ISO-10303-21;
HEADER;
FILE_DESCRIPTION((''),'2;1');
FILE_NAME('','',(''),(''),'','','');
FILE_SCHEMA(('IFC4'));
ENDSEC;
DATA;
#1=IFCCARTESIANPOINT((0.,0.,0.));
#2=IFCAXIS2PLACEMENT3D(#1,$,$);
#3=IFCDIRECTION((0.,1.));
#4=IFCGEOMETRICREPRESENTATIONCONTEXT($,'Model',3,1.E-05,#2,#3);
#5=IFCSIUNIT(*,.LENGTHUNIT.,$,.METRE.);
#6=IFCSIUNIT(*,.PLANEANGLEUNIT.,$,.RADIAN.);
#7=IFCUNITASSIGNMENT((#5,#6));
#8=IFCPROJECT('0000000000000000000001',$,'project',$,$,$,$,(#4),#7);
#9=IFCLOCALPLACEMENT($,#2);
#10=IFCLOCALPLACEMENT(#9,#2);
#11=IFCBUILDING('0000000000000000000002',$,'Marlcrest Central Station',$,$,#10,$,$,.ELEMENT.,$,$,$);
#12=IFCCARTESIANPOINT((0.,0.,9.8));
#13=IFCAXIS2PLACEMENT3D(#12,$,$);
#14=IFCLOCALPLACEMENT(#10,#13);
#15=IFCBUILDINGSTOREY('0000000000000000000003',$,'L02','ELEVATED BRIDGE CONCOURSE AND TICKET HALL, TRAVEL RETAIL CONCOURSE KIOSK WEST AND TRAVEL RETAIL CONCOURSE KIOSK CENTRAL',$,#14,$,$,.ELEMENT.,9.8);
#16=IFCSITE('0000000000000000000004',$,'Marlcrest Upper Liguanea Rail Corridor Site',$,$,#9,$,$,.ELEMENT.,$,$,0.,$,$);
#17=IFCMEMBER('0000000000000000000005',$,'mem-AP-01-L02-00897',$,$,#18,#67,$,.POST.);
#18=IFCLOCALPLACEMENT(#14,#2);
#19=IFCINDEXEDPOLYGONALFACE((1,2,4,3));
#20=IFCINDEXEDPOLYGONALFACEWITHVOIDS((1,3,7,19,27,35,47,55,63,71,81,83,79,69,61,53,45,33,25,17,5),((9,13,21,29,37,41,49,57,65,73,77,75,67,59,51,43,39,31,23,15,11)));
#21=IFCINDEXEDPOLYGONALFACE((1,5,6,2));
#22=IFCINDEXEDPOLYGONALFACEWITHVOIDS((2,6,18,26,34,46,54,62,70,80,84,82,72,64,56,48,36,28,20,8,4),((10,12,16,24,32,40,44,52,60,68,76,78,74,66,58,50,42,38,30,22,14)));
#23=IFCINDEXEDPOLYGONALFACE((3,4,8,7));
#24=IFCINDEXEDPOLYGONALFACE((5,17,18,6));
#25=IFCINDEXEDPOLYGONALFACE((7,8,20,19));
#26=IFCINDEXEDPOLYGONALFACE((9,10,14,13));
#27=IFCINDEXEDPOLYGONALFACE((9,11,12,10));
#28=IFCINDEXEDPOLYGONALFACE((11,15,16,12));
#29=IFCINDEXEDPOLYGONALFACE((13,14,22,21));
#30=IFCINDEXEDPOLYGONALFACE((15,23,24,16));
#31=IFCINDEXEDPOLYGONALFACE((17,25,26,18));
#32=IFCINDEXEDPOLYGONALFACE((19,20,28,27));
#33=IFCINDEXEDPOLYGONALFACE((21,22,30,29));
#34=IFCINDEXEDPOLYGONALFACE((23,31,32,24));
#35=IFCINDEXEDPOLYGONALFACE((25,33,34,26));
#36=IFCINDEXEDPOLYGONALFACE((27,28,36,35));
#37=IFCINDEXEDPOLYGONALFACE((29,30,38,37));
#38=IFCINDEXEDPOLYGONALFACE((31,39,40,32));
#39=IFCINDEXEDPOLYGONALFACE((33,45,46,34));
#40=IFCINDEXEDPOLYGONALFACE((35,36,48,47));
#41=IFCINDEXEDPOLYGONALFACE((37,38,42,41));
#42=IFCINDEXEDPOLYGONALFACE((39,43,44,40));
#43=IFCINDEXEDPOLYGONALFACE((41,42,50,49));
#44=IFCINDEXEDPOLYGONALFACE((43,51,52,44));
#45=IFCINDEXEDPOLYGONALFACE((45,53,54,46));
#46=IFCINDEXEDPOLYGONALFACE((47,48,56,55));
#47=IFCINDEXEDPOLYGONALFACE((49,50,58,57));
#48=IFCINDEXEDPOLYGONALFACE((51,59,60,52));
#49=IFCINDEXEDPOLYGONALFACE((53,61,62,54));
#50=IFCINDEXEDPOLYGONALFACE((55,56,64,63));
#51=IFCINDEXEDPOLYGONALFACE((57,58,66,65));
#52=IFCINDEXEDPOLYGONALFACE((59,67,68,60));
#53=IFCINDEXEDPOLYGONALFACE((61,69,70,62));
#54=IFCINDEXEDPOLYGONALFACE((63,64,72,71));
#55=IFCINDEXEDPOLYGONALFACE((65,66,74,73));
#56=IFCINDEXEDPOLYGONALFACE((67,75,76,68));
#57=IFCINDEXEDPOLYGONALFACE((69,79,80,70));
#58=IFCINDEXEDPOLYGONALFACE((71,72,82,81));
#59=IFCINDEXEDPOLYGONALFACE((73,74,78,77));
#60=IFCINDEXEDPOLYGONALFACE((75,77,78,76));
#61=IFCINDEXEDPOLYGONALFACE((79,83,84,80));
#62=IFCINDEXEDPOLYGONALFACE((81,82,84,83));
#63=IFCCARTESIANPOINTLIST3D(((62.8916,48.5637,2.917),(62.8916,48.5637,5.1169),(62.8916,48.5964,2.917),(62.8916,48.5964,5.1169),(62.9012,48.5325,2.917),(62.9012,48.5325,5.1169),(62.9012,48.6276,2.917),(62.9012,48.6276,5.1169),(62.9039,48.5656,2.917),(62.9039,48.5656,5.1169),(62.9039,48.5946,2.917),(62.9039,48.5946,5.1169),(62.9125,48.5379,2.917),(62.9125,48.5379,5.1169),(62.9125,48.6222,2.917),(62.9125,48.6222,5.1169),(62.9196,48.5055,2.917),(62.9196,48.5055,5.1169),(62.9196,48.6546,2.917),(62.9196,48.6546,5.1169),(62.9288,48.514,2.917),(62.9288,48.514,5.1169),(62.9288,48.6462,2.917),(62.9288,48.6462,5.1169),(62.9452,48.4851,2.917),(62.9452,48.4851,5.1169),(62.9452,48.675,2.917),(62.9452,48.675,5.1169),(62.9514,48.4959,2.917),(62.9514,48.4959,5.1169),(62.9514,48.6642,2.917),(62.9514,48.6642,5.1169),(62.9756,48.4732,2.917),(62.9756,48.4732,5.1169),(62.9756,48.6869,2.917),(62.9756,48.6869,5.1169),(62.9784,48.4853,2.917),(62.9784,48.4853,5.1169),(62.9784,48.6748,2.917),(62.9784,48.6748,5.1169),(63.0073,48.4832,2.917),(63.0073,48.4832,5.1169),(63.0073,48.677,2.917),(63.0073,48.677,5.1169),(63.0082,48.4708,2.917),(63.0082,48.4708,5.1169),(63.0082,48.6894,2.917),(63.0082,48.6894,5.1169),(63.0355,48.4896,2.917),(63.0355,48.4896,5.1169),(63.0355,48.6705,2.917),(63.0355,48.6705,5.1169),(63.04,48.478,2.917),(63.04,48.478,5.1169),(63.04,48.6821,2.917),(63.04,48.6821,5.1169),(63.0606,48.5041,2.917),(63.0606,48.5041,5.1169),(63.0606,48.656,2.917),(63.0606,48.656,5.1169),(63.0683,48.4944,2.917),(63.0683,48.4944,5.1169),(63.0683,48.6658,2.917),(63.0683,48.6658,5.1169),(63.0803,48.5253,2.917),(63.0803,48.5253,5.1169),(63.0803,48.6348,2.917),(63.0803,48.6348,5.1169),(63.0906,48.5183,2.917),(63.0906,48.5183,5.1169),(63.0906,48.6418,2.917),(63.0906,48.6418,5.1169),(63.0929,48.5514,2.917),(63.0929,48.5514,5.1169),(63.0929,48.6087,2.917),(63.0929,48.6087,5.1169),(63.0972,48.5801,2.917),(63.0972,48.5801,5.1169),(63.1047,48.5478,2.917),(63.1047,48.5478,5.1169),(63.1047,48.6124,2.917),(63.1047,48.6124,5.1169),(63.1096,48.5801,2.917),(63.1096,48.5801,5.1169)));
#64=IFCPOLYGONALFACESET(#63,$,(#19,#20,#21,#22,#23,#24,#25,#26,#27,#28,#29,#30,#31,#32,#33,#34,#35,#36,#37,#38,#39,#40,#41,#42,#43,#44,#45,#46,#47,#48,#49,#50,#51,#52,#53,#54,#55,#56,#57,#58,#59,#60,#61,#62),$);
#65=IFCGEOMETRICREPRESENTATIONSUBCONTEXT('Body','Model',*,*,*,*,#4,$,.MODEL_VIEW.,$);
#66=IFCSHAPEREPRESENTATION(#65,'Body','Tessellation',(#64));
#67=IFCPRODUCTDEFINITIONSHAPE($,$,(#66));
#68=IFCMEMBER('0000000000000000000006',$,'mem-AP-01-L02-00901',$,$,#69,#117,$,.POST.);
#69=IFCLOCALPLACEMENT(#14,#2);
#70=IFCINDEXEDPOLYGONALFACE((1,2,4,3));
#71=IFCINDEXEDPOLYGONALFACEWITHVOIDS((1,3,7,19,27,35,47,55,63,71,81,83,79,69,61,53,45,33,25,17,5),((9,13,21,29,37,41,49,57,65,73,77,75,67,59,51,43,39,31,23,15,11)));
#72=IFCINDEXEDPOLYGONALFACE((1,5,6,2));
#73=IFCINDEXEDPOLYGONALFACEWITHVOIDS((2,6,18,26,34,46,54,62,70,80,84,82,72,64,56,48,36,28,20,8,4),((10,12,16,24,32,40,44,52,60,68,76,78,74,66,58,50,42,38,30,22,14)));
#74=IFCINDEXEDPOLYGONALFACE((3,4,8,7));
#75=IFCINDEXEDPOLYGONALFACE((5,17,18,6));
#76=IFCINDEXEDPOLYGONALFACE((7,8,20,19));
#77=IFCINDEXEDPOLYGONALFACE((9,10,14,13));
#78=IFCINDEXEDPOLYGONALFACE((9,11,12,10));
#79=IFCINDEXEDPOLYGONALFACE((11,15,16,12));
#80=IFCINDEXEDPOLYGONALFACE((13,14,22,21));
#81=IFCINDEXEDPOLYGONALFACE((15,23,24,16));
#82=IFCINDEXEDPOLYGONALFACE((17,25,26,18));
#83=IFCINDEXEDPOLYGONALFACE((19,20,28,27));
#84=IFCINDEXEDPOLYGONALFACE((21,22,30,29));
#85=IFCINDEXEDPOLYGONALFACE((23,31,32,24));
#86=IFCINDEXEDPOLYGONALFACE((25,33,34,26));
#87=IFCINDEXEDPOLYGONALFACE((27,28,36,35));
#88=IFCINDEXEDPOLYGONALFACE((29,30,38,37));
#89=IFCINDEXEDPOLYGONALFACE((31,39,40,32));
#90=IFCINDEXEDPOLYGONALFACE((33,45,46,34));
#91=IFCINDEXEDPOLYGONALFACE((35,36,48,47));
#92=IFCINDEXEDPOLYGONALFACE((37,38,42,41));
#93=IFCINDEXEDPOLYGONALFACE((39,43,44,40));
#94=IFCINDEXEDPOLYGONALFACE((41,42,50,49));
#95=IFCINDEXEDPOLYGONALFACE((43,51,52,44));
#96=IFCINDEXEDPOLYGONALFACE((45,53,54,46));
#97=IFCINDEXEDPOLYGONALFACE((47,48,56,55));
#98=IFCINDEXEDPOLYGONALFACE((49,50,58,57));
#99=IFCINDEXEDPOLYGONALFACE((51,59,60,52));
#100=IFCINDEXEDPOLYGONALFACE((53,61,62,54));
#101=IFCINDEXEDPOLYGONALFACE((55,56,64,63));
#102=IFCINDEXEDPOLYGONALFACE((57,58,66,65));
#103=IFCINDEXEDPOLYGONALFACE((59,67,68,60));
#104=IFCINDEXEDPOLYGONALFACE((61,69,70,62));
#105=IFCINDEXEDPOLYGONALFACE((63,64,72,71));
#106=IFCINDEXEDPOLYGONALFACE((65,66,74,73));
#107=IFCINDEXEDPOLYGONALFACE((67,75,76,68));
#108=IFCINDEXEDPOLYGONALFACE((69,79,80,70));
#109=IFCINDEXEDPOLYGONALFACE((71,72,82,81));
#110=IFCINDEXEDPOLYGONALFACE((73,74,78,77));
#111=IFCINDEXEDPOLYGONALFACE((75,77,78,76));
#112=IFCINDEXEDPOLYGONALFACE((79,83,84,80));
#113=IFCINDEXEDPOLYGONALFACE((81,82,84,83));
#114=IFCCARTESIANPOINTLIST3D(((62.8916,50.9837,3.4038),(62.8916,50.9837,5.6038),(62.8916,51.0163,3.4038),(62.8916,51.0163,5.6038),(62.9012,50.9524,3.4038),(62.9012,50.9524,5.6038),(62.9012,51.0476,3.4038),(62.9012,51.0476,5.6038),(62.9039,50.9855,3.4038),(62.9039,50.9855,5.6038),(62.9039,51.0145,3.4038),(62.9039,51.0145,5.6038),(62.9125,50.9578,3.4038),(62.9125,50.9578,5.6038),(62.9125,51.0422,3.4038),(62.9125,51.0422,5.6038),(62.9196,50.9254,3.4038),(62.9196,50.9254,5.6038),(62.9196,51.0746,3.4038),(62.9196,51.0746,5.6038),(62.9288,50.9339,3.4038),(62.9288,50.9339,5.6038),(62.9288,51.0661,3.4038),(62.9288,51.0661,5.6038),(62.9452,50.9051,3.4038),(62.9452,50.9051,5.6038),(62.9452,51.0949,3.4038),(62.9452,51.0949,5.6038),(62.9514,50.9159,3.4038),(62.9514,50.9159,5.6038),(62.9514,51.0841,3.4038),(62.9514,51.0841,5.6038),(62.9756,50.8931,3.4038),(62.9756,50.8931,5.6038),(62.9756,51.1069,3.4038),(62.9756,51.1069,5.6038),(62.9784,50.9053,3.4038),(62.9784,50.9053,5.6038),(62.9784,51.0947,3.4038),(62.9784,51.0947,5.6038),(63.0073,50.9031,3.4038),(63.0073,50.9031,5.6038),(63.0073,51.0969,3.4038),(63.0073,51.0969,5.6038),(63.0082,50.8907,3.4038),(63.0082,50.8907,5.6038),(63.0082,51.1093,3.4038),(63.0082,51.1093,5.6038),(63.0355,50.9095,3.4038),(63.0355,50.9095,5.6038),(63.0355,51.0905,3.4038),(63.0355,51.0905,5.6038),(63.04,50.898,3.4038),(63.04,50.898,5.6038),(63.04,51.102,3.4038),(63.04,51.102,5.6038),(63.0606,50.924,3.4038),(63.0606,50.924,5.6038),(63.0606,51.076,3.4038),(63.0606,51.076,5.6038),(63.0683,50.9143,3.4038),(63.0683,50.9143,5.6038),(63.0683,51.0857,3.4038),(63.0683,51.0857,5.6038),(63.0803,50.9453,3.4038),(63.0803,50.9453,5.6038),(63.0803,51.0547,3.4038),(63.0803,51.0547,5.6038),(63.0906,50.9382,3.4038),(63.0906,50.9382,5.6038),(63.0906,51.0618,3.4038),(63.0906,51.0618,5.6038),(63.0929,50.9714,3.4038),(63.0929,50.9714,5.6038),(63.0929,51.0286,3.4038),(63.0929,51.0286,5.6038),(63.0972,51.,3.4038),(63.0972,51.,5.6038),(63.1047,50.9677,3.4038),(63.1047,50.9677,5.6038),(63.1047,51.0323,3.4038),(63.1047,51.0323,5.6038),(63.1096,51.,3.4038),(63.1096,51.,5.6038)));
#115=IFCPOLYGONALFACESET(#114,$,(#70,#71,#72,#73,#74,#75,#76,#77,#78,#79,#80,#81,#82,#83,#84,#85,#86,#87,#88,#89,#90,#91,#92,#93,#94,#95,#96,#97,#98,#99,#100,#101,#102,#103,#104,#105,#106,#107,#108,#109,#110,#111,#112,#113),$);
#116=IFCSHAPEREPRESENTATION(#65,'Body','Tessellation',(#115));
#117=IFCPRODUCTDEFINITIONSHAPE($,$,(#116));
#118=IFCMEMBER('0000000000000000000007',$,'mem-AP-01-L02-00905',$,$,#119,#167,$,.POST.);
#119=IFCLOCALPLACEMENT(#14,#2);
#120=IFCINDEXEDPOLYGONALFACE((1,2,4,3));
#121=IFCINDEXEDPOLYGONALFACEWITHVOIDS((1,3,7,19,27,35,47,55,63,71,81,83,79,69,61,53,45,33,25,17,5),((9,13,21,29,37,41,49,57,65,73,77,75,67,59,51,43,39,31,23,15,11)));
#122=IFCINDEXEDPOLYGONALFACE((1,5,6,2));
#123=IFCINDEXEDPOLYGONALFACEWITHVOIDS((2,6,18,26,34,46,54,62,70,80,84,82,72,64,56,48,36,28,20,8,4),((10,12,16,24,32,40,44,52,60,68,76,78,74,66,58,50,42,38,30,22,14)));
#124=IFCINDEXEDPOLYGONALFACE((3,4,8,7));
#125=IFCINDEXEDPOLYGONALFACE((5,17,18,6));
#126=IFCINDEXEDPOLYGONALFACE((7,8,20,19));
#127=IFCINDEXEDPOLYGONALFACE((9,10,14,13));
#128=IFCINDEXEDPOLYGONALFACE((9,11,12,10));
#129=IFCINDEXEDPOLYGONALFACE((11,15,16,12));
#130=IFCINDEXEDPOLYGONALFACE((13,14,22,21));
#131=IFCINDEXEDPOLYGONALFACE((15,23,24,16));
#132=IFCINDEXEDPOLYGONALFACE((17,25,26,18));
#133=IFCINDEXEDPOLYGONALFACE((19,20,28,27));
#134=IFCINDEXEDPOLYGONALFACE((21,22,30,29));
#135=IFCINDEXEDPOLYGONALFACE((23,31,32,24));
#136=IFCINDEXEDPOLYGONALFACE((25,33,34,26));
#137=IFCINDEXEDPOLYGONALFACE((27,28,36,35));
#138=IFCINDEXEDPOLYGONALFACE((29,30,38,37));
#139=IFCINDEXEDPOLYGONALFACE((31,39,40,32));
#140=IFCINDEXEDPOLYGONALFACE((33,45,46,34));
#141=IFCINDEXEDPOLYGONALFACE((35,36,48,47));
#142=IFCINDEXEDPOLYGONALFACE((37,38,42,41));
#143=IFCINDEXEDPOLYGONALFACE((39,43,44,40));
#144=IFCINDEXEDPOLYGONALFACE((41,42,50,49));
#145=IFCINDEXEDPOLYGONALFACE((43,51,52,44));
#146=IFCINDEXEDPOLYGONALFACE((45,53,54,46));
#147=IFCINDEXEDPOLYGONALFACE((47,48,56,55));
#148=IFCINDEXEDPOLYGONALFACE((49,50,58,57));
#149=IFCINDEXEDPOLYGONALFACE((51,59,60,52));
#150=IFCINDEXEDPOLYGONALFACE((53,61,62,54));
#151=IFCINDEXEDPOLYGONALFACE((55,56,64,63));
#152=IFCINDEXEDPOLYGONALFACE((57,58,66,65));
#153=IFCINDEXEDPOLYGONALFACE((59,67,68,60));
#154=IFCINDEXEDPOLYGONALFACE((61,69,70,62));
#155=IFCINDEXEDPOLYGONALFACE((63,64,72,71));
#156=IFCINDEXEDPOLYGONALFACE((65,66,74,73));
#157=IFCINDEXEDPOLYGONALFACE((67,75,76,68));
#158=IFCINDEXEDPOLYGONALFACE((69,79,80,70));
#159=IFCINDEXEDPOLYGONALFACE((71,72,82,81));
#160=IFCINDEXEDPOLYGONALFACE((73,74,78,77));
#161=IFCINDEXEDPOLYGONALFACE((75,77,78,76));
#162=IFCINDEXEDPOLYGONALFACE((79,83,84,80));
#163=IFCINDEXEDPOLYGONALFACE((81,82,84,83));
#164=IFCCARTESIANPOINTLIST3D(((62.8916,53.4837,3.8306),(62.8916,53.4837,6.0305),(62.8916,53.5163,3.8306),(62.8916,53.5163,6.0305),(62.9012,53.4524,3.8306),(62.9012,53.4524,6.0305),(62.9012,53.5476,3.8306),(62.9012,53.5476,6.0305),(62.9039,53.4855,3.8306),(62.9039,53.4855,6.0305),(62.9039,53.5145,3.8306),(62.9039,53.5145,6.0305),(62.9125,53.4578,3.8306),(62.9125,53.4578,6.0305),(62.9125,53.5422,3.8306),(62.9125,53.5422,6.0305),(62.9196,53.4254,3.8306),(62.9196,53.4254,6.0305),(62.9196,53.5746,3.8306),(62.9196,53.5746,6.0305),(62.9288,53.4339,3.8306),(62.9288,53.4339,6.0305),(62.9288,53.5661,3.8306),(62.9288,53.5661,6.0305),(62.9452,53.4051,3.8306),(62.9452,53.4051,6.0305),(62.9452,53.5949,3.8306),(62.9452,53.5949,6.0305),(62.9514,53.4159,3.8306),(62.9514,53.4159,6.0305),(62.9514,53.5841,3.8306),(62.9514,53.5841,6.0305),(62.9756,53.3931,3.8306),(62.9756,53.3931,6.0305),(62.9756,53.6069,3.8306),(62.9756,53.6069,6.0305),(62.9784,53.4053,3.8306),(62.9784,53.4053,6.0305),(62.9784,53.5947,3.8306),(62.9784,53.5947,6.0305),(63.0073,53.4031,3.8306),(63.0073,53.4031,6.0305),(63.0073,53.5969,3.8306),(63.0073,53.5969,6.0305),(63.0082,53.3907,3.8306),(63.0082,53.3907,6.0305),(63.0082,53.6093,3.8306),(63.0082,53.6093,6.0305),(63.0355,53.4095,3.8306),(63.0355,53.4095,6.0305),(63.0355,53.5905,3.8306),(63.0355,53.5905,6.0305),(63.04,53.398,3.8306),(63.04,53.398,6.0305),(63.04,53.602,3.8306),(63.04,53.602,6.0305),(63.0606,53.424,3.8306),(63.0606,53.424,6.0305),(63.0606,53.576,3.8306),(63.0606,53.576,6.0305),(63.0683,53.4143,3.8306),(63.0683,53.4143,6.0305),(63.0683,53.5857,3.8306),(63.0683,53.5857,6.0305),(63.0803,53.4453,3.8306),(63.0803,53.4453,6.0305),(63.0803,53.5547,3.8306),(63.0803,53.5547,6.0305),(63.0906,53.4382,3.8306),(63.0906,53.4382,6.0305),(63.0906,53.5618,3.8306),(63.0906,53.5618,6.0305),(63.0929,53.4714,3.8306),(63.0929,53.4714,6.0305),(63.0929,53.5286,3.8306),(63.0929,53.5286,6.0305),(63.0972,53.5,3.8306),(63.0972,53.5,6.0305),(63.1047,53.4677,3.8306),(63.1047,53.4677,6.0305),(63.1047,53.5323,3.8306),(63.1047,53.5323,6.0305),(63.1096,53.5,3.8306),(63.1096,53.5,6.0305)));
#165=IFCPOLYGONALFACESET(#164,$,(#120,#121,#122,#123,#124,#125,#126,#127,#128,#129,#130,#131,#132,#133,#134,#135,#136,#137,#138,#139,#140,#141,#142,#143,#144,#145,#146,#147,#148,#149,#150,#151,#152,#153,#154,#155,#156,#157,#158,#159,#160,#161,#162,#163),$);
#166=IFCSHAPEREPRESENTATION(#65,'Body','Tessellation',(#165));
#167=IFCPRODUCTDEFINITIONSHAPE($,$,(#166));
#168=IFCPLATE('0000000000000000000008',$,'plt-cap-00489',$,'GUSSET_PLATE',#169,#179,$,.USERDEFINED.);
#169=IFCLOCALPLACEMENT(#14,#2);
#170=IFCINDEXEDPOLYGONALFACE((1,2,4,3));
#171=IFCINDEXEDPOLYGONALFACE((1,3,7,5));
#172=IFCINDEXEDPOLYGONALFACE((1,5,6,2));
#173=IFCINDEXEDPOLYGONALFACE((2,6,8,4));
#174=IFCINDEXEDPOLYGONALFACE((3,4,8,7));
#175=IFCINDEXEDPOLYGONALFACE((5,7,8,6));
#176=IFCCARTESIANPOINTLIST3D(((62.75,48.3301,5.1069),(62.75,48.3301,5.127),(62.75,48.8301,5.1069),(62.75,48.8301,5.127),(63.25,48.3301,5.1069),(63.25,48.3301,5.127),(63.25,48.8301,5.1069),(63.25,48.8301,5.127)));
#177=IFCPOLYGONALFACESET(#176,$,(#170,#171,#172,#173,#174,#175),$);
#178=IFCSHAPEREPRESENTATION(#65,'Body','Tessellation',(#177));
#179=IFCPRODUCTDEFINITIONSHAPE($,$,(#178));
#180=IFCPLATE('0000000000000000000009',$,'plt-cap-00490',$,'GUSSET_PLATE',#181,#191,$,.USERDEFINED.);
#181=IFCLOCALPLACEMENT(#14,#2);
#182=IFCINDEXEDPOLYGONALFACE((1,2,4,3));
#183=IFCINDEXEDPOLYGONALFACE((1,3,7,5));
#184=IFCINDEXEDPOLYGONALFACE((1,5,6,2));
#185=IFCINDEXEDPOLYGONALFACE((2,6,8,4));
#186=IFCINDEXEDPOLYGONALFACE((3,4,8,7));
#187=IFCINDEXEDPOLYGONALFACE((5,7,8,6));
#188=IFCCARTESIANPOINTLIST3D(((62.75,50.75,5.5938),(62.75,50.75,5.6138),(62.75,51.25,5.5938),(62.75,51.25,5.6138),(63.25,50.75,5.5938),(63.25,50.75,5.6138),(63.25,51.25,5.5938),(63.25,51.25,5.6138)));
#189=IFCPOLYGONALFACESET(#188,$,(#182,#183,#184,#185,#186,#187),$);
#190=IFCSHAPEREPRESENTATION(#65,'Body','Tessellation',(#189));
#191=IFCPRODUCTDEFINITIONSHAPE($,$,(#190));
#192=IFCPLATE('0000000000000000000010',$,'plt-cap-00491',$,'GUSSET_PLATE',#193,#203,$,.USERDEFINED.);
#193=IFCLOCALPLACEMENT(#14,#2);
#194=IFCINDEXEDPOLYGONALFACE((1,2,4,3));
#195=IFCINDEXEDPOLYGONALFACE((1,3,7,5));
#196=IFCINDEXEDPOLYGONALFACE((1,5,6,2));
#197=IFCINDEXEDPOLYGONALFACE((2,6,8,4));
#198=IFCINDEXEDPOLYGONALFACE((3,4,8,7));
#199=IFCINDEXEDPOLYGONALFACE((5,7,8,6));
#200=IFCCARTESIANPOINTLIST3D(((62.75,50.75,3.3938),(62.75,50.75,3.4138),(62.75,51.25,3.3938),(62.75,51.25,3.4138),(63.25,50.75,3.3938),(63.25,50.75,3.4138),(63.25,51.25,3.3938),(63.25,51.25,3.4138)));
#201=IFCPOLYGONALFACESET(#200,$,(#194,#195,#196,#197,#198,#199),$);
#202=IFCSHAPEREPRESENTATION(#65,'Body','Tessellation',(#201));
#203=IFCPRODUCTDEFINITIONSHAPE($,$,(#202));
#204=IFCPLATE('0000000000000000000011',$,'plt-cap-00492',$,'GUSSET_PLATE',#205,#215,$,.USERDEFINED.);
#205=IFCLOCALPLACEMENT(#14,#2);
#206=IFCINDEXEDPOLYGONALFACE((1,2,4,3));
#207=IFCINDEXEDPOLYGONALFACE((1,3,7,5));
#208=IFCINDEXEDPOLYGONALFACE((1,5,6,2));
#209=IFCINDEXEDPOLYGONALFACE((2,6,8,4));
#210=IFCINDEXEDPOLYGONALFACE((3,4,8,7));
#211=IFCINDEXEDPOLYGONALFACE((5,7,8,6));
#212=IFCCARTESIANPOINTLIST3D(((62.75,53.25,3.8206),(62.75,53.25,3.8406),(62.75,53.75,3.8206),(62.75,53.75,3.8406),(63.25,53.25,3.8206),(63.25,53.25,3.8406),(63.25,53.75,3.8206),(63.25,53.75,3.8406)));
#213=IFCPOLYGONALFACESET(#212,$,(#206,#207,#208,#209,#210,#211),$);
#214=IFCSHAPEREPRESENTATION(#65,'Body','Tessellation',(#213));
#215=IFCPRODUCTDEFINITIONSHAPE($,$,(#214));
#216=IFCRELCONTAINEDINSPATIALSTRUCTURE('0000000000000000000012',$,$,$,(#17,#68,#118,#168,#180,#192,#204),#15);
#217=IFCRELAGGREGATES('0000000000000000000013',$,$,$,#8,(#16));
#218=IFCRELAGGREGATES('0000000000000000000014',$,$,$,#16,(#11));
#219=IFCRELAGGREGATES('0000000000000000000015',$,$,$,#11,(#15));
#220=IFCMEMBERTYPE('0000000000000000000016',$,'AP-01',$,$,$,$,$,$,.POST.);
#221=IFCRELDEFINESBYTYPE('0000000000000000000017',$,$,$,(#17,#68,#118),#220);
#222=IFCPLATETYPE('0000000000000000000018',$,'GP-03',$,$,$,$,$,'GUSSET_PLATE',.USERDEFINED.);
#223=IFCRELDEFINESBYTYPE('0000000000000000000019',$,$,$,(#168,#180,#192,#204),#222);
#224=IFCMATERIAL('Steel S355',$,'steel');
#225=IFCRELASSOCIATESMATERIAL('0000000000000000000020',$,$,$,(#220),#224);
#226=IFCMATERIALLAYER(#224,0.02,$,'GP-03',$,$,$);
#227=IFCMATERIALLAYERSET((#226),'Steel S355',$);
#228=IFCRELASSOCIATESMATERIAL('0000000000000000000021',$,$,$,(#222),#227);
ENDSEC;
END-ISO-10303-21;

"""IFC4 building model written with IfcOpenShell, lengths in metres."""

from ifc_helpers import new_model, si_unit, direction, frame, origin, origin_2d, place, context, subcontext, project, spatial, rectangle, hollow_circle, extrude, material, layer, layer_set, material_profile, profile_set, type_object, element, save


model = new_model("IFC4")

# Units and contexts
model_context = context("Model", 3, precision=1e-05, world=origin(), true_north=direction((0.0, 1.0)))
body_context = subcontext(model_context, "Body", "Model", "MODEL_VIEW")
ifc_project = project(units=[si_unit("LENGTHUNIT", "METRE"), si_unit("PLANEANGLEUNIT", "RADIAN")], contexts=[model_context])

# Site, building, storey
site_placement = place(None, origin())
site = spatial("IfcSite", under=ifc_project, at=site_placement, Name="Marlcrest Upper Liguanea Rail Corridor Site", CompositionType="ELEMENT", RefElevation=0.0)
building_placement = place(site_placement, origin())
building = spatial("IfcBuilding", under=site, at=building_placement, Name="Marlcrest Central Station", CompositionType="ELEMENT")
storey_placement = place(building_placement, frame((0.0, 0.0, 9.8)))
storey = spatial("IfcBuildingStorey", under=building, at=storey_placement, Name="L02", Description="ELEVATED BRIDGE CONCOURSE AND TICKET HALL, TRAVEL RETAIL CONCOURSE KIOSK WEST AND TRAVEL RETAIL CONCOURSE KIOSK CENTRAL", CompositionType="ELEMENT", Elevation=9.8)

# Members
ifc_material = material(Name="Steel S355", Category="steel")
ifc_material_profile_1 = material_profile(ifc_material, hollow_circle(Radius=0.1096, WallThickness=0.0125, at=origin_2d()), Name="CHS 219.1x12.5")
ifc_profile_set_1 = profile_set([ifc_material_profile_1], Name="Steel S355")
member_type_1 = type_object("IfcMemberType", Name="AP-01", PredefinedType="POST", material=ifc_profile_set_1)
for number, where, z_axis, x_axis, name in (
    (1, (63.0, 48.5801, 2.917), (0.0, 0.0, 1.0), (1.0, 0.0, 0.0), "mem-AP-01-L02-00897"),
    (2, (63.0, 51.0, 3.4038), (0.0, 0.0, 1.0), (1.0, 0.0, 0.0), "mem-AP-01-L02-00901"),
    (3, (63.0, 53.5, 3.8306), (0.0, 0.0, 1.0), (1.0, 0.0, 0.0), "mem-AP-01-L02-00905"),
):
    element("IfcMember", number, at=place(storey_placement, frame(where, z_axis=z_axis, x_axis=x_axis)), inside=storey, type_object=member_type_1, Name=name, PredefinedType="POST", context=body_context, shape_type="SweptSolid", body=[
        extrude(hollow_circle(Radius=0.1096, WallThickness=0.0125, at=origin_2d()), origin(), (0.0, 0.0, 1.0), 2.2),
    ])

# Plates
ifc_layer = layer(ifc_material, 0.02, Name="GP-03")
ifc_layer_set = layer_set([ifc_layer], Name="Steel S355")
plate_type = type_object("IfcPlateType", Name="GP-03", ElementType="GUSSET_PLATE", PredefinedType="USERDEFINED", material=ifc_layer_set)
for number, where, z_axis, x_axis, name in (
    (4, (63.0, 48.5801, 5.1069), (0.0, 0.0, 1.0), (1.0, 0.0, 0.0), "plt-cap-00489"),
    (5, (63.0, 51.0, 5.5938), (0.0, 0.0, 1.0), (1.0, 0.0, 0.0), "plt-cap-00490"),
    (6, (63.0, 51.0, 3.3938), (0.0, 0.0, 1.0), (1.0, 0.0, 0.0), "plt-cap-00491"),
    (7, (63.0, 53.5, 3.8206), (0.0, 0.0, 1.0), (1.0, 0.0, 0.0), "plt-cap-00492"),
):
    element("IfcPlate", number, at=place(storey_placement, frame(where, z_axis=z_axis, x_axis=x_axis)), inside=storey, type_object=plate_type, Name=name, ObjectType="GUSSET_PLATE", PredefinedType="USERDEFINED", context=body_context, shape_type="SweptSolid", body=[
        extrude(rectangle(XDim=0.5, YDim=0.5, at=origin_2d()), origin(), (0.0, 0.0, 1.0), 0.02),
    ])

save(model, "model.ifc")
